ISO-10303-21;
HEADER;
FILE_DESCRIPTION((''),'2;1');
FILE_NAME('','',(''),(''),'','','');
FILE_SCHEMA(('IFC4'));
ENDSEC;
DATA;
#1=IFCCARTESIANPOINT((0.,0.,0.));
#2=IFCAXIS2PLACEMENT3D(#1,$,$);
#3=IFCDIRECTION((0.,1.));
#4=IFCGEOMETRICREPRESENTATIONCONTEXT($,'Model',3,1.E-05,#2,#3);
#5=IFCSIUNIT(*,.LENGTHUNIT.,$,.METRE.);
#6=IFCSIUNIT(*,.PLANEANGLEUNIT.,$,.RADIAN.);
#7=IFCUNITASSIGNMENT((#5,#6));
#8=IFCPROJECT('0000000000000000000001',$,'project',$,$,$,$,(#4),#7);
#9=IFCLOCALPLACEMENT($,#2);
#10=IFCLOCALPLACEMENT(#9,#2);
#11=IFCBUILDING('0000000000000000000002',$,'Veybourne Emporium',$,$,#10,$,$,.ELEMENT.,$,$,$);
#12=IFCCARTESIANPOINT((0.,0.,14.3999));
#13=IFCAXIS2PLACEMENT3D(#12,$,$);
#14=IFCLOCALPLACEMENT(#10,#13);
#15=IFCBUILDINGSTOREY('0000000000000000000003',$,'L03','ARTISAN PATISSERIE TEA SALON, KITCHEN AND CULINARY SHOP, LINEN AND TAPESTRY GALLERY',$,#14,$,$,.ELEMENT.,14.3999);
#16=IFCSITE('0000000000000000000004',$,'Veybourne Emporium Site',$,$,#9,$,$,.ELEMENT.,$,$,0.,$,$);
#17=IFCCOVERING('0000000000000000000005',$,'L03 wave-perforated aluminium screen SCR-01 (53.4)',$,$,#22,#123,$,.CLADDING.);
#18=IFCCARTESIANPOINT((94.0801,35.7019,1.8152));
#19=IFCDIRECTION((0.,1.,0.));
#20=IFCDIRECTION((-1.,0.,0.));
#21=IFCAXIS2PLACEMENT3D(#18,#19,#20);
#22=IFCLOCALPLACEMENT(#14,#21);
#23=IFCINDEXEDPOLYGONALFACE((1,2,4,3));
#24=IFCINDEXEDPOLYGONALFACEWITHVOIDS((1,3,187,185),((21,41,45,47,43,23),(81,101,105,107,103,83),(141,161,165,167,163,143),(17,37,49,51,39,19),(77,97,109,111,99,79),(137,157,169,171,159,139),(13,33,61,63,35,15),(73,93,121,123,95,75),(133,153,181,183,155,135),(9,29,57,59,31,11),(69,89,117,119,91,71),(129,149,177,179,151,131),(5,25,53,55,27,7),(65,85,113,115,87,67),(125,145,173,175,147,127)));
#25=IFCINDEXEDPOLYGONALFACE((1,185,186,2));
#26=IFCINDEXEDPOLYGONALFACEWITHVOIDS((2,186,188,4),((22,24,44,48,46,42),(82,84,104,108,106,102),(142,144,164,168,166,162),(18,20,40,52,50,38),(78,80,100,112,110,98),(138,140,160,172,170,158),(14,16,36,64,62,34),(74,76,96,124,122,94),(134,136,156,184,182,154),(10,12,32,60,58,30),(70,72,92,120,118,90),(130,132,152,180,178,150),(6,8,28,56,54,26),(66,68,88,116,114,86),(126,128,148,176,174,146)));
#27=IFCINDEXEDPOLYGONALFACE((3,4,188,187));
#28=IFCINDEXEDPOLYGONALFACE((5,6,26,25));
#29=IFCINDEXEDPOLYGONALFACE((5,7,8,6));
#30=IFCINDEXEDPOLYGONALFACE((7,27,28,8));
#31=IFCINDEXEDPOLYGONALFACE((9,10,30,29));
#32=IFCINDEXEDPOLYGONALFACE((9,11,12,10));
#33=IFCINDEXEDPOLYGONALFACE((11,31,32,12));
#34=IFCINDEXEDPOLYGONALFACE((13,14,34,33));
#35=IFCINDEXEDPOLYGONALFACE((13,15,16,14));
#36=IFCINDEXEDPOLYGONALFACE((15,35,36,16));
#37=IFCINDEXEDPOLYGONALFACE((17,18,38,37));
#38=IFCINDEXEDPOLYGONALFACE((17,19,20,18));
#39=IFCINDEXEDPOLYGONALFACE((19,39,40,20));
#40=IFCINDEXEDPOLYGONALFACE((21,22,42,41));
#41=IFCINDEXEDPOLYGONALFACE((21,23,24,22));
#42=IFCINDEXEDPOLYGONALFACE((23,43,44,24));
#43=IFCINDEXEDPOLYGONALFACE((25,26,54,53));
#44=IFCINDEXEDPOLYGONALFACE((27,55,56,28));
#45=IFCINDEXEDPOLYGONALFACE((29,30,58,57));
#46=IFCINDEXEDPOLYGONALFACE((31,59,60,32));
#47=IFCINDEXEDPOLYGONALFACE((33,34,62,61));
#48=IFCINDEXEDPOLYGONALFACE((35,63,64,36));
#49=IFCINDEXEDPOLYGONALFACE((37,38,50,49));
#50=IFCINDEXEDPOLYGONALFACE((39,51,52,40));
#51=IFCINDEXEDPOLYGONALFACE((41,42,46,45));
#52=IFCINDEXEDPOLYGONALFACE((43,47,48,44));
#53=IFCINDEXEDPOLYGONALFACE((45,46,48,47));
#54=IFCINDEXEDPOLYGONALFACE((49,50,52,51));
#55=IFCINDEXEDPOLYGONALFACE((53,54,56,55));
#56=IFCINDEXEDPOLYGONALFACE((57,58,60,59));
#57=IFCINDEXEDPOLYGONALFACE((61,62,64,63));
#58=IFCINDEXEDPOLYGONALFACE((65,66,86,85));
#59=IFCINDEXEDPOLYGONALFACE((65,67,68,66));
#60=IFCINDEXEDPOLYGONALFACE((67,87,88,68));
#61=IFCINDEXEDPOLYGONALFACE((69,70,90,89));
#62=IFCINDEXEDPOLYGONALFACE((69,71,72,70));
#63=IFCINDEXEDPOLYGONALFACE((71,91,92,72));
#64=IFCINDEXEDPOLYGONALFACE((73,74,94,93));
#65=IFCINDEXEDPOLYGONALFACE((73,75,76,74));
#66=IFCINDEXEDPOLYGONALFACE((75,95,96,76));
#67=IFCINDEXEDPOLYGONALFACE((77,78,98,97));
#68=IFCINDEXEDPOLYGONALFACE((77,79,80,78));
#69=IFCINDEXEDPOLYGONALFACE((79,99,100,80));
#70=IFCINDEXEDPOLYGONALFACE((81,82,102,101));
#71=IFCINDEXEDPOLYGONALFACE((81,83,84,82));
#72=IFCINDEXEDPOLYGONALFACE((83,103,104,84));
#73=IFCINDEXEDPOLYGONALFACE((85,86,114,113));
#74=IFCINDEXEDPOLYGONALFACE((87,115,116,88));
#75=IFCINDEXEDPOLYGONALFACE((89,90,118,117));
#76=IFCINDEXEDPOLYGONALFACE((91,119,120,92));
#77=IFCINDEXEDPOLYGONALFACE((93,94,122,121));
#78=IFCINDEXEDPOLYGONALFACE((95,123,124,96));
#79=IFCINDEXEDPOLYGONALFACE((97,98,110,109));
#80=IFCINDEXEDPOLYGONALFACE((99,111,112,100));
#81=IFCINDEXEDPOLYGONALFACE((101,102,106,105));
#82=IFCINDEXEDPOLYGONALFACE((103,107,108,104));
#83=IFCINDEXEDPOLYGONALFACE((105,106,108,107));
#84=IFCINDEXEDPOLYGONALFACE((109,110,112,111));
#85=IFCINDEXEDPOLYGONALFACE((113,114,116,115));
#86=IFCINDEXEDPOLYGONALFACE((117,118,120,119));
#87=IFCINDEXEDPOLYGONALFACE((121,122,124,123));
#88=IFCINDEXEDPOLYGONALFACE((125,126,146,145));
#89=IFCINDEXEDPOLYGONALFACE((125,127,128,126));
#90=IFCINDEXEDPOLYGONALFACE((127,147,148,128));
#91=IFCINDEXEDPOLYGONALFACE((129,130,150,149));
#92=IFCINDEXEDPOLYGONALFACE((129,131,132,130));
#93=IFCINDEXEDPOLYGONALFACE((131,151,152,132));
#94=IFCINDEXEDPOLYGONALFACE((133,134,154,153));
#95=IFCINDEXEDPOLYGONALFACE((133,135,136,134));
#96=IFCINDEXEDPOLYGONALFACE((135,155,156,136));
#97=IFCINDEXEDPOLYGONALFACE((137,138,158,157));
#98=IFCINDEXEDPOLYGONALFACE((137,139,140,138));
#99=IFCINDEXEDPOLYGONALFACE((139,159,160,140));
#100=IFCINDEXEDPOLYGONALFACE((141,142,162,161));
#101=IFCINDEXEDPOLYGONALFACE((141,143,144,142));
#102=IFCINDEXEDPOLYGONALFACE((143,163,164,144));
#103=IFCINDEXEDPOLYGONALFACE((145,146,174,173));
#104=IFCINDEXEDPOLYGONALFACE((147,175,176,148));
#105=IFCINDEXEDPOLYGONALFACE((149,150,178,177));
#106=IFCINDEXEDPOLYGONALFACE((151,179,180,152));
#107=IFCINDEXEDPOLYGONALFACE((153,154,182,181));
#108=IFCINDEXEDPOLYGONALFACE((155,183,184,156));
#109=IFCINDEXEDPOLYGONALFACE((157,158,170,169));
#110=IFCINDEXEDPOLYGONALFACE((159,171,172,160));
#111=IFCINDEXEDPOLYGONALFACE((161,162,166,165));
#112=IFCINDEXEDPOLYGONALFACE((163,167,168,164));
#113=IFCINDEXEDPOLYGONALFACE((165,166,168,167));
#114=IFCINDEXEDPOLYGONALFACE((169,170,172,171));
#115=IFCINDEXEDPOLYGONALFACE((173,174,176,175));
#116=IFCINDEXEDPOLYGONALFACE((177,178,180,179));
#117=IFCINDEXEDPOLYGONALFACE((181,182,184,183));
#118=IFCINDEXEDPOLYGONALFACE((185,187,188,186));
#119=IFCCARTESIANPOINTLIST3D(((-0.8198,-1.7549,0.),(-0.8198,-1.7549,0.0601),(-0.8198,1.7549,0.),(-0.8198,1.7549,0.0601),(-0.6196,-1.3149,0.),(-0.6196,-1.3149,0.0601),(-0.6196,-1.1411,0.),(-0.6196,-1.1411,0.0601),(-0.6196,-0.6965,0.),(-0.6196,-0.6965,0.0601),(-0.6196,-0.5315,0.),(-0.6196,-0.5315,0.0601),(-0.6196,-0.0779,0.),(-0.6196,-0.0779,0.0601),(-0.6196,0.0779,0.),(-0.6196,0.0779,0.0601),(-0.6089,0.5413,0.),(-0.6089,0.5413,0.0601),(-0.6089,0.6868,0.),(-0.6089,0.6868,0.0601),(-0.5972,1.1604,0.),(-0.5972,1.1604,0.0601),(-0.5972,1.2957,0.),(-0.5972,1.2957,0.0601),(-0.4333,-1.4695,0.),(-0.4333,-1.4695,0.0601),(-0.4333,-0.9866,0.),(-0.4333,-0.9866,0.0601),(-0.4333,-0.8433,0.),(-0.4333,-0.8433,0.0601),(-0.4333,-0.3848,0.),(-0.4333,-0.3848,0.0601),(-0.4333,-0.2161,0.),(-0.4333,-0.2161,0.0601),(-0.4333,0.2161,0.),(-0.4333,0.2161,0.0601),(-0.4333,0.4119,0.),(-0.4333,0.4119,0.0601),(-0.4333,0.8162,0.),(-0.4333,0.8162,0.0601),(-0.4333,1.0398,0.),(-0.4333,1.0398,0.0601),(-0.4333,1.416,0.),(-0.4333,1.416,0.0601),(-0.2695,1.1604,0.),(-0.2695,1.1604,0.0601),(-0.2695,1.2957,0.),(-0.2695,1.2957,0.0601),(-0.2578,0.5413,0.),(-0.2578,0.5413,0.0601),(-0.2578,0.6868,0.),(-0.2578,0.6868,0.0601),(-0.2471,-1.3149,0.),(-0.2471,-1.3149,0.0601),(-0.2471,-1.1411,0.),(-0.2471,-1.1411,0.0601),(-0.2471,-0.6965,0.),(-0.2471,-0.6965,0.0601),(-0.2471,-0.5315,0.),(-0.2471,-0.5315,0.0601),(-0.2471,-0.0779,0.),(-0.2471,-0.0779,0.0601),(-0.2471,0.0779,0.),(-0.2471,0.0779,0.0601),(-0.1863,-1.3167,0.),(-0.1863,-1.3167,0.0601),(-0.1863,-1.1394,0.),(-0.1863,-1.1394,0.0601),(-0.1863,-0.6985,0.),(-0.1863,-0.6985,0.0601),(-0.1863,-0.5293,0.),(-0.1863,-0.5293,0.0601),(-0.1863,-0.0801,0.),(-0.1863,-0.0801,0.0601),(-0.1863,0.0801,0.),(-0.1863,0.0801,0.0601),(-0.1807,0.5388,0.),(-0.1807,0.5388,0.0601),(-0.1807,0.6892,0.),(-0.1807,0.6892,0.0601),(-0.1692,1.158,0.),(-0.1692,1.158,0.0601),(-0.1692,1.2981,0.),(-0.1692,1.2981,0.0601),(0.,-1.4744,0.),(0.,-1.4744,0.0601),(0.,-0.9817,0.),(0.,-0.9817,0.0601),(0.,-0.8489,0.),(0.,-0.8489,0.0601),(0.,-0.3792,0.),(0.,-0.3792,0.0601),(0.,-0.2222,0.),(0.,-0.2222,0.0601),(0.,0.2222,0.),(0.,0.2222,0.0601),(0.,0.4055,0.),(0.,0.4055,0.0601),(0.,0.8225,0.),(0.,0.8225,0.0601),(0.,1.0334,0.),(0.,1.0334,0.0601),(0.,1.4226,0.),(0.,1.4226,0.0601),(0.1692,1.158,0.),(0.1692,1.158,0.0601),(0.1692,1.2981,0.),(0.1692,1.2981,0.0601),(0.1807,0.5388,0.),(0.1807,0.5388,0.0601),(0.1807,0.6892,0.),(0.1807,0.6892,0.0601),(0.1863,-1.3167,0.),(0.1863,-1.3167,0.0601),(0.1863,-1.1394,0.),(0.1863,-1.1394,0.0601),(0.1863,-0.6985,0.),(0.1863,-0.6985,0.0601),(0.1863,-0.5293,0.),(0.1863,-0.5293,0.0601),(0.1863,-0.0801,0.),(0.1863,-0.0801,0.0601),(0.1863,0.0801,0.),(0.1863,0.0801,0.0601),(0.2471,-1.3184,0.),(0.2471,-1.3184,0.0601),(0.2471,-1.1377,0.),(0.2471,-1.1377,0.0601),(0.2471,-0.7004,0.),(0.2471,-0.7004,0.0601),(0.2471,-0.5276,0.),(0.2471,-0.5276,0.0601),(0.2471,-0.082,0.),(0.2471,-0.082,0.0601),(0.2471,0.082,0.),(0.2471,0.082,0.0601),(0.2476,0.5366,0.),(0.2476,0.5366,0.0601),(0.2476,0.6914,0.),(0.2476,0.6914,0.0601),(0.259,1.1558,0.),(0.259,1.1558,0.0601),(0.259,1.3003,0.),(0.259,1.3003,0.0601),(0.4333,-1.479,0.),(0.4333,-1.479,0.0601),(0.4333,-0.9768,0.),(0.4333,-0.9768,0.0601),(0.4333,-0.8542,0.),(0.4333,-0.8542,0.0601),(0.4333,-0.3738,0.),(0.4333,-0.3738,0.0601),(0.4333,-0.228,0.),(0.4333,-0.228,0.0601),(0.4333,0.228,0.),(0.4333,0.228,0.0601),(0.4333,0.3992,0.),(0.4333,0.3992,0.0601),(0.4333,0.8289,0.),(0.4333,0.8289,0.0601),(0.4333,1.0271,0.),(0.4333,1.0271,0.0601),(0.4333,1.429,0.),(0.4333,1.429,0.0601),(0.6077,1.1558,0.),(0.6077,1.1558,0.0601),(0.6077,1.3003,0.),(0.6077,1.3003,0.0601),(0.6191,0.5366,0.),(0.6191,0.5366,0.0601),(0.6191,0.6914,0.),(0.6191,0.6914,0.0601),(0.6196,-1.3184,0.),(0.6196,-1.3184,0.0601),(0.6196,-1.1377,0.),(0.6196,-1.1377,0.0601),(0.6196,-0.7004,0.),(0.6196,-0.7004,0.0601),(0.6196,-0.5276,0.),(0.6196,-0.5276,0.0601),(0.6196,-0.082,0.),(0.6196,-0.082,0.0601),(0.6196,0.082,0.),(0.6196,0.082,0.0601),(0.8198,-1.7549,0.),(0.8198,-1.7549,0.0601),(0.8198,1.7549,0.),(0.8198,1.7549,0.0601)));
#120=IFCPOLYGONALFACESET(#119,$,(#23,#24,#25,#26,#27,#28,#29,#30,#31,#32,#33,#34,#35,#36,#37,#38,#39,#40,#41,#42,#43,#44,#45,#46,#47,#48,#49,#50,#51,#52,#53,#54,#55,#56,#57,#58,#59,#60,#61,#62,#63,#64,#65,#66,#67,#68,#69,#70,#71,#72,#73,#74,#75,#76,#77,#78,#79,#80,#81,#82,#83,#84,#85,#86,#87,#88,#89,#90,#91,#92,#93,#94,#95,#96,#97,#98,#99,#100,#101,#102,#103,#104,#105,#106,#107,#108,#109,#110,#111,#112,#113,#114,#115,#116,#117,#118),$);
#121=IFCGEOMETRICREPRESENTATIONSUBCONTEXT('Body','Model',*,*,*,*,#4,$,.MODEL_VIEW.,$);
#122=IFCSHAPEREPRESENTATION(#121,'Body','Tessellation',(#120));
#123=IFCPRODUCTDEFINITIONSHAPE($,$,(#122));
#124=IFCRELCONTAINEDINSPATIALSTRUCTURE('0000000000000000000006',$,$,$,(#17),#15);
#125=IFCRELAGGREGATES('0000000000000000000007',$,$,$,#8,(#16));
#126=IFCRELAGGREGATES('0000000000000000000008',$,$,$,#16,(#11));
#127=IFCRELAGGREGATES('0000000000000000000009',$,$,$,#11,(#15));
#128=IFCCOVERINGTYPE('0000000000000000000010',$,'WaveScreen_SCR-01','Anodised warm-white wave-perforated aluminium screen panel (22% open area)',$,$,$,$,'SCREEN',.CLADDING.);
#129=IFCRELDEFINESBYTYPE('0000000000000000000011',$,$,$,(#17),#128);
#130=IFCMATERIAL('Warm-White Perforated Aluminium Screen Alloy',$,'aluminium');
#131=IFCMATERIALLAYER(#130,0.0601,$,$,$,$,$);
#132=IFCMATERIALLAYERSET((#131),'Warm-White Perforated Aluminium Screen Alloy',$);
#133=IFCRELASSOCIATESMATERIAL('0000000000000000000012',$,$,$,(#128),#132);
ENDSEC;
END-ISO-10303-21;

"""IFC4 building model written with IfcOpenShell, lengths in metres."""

from ifc_helpers import new_model, si_unit, direction, frame, origin, place, context, subcontext, project, spatial, polyline, outline, extrude, material, layer, layer_set, type_object, element, save


model = new_model("IFC4")

# Units and contexts
model_context = context("Model", 3, precision=1e-05, world=origin(), true_north=direction((0.0, 1.0)))
body_context = subcontext(model_context, "Body", "Model", "MODEL_VIEW")
ifc_project = project(units=[si_unit("LENGTHUNIT", "METRE"), si_unit("PLANEANGLEUNIT", "RADIAN")], contexts=[model_context])

# Site, building, storey
site_placement = place(None, origin())
site = spatial("IfcSite", under=ifc_project, at=site_placement, Name="Veybourne Emporium Site", CompositionType="ELEMENT", RefElevation=0.0)
building_placement = place(site_placement, origin())
building = spatial("IfcBuilding", under=site, at=building_placement, Name="Veybourne Emporium", CompositionType="ELEMENT")
storey_placement = place(building_placement, frame((0.0, 0.0, 14.3999)))
storey = spatial("IfcBuildingStorey", under=building, at=storey_placement, Name="L03", Description="ARTISAN PATISSERIE TEA SALON, KITCHEN AND CULINARY SHOP, LINEN AND TAPESTRY GALLERY", CompositionType="ELEMENT", Elevation=14.3999)

# Covering
ifc_material_1 = material(Name="Warm-White Perforated Aluminium Screen Alloy", Category="aluminium")
ifc_layer_1 = layer(ifc_material_1, 0.0601)
ifc_layer_set_1 = layer_set([ifc_layer_1], Name="Warm-White Perforated Aluminium Screen Alloy")
covering_type_1 = type_object("IfcCoveringType", Name="WaveScreen_SCR-01", Description="Anodised warm-white wave-perforated aluminium screen panel (22% open area)", ElementType="SCREEN", PredefinedType="CLADDING", material=ifc_layer_set_1)
covering_1_placement = place(storey_placement, frame((94.0801, 35.7019, 1.8152), z_axis=(0.0, 1.0, 0.0), x_axis=(-1.0, 0.0, 0.0)))
element("IfcCovering", 1, at=covering_1_placement, inside=storey, type_object=covering_type_1, Name="L03 wave-perforated aluminium screen SCR-01 (53.4)", PredefinedType="CLADDING", context=body_context, shape_type="SweptSolid", body=[
    extrude(outline(polyline([(-0.8198, -1.7549), (0.8198, -1.7549), (0.8198, 1.7549), (-0.8198, 1.7549), (-0.8198, -1.7549)]), holes=[polyline([(-0.4333, -0.9866), (-0.2471, -1.1411), (-0.2471, -1.3149), (-0.4333, -1.4695), (-0.6196, -1.3149), (-0.6196, -1.1411), (-0.4333, -0.9866)]), polyline([(-0.4333, -0.3848), (-0.2471, -0.5315), (-0.2471, -0.6965), (-0.4333, -0.8433), (-0.6196, -0.6965), (-0.6196, -0.5315), (-0.4333, -0.3848)]), polyline([(-0.4333, 0.2161), (-0.2471, 0.0779), (-0.2471, -0.0779), (-0.4333, -0.2161), (-0.6196, -0.0779), (-0.6196, 0.0779), (-0.4333, 0.2161)]), polyline([(-0.4333, 0.8162), (-0.2578, 0.6868), (-0.2578, 0.5413), (-0.4333, 0.4119), (-0.6089, 0.5413), (-0.6089, 0.6868), (-0.4333, 0.8162)]), polyline([(-0.4333, 1.416), (-0.2695, 1.2957), (-0.2695, 1.1604), (-0.4333, 1.0398), (-0.5972, 1.1604), (-0.5972, 1.2957), (-0.4333, 1.416)]), polyline([(0.0, -0.9817), (0.1863, -1.1394), (0.1863, -1.3167), (0.0, -1.4744), (-0.1863, -1.3167), (-0.1863, -1.1394), (0.0, -0.9817)]), polyline([(0.0, -0.3792), (0.1863, -0.5293), (0.1863, -0.6985), (0.0, -0.8489), (-0.1863, -0.6985), (-0.1863, -0.5293), (0.0, -0.3792)]), polyline([(0.0, 0.2222), (0.1863, 0.0801), (0.1863, -0.0801), (0.0, -0.2222), (-0.1863, -0.0801), (-0.1863, 0.0801), (0.0, 0.2222)]), polyline([(0.0, 0.8225), (0.1807, 0.6892), (0.1807, 0.5388), (0.0, 0.4055), (-0.1807, 0.5388), (-0.1807, 0.6892), (0.0, 0.8225)]), polyline([(0.0, 1.4226), (0.1692, 1.2981), (0.1692, 1.158), (0.0, 1.0334), (-0.1692, 1.158), (-0.1692, 1.2981), (0.0, 1.4226)]), polyline([(0.4333, -0.9768), (0.6196, -1.1377), (0.6196, -1.3184), (0.4333, -1.479), (0.2471, -1.3184), (0.2471, -1.1377), (0.4333, -0.9768)]), polyline([(0.4333, -0.3738), (0.6196, -0.5276), (0.6196, -0.7004), (0.4333, -0.8542), (0.2471, -0.7004), (0.2471, -0.5276), (0.4333, -0.3738)]), polyline([(0.4333, 0.228), (0.6196, 0.082), (0.6196, -0.082), (0.4333, -0.228), (0.2471, -0.082), (0.2471, 0.082), (0.4333, 0.228)]), polyline([(0.4333, 0.8289), (0.6191, 0.6914), (0.6191, 0.5366), (0.4333, 0.3992), (0.2476, 0.5366), (0.2476, 0.6914), (0.4333, 0.8289)]), polyline([(0.4333, 1.429), (0.6077, 1.3003), (0.6077, 1.1558), (0.4333, 1.0271), (0.259, 1.1558), (0.259, 1.3003), (0.4333, 1.429)])]), origin(), (0.0, 0.0, 1.0), 0.0601),
])

save(model, "model.ifc")
